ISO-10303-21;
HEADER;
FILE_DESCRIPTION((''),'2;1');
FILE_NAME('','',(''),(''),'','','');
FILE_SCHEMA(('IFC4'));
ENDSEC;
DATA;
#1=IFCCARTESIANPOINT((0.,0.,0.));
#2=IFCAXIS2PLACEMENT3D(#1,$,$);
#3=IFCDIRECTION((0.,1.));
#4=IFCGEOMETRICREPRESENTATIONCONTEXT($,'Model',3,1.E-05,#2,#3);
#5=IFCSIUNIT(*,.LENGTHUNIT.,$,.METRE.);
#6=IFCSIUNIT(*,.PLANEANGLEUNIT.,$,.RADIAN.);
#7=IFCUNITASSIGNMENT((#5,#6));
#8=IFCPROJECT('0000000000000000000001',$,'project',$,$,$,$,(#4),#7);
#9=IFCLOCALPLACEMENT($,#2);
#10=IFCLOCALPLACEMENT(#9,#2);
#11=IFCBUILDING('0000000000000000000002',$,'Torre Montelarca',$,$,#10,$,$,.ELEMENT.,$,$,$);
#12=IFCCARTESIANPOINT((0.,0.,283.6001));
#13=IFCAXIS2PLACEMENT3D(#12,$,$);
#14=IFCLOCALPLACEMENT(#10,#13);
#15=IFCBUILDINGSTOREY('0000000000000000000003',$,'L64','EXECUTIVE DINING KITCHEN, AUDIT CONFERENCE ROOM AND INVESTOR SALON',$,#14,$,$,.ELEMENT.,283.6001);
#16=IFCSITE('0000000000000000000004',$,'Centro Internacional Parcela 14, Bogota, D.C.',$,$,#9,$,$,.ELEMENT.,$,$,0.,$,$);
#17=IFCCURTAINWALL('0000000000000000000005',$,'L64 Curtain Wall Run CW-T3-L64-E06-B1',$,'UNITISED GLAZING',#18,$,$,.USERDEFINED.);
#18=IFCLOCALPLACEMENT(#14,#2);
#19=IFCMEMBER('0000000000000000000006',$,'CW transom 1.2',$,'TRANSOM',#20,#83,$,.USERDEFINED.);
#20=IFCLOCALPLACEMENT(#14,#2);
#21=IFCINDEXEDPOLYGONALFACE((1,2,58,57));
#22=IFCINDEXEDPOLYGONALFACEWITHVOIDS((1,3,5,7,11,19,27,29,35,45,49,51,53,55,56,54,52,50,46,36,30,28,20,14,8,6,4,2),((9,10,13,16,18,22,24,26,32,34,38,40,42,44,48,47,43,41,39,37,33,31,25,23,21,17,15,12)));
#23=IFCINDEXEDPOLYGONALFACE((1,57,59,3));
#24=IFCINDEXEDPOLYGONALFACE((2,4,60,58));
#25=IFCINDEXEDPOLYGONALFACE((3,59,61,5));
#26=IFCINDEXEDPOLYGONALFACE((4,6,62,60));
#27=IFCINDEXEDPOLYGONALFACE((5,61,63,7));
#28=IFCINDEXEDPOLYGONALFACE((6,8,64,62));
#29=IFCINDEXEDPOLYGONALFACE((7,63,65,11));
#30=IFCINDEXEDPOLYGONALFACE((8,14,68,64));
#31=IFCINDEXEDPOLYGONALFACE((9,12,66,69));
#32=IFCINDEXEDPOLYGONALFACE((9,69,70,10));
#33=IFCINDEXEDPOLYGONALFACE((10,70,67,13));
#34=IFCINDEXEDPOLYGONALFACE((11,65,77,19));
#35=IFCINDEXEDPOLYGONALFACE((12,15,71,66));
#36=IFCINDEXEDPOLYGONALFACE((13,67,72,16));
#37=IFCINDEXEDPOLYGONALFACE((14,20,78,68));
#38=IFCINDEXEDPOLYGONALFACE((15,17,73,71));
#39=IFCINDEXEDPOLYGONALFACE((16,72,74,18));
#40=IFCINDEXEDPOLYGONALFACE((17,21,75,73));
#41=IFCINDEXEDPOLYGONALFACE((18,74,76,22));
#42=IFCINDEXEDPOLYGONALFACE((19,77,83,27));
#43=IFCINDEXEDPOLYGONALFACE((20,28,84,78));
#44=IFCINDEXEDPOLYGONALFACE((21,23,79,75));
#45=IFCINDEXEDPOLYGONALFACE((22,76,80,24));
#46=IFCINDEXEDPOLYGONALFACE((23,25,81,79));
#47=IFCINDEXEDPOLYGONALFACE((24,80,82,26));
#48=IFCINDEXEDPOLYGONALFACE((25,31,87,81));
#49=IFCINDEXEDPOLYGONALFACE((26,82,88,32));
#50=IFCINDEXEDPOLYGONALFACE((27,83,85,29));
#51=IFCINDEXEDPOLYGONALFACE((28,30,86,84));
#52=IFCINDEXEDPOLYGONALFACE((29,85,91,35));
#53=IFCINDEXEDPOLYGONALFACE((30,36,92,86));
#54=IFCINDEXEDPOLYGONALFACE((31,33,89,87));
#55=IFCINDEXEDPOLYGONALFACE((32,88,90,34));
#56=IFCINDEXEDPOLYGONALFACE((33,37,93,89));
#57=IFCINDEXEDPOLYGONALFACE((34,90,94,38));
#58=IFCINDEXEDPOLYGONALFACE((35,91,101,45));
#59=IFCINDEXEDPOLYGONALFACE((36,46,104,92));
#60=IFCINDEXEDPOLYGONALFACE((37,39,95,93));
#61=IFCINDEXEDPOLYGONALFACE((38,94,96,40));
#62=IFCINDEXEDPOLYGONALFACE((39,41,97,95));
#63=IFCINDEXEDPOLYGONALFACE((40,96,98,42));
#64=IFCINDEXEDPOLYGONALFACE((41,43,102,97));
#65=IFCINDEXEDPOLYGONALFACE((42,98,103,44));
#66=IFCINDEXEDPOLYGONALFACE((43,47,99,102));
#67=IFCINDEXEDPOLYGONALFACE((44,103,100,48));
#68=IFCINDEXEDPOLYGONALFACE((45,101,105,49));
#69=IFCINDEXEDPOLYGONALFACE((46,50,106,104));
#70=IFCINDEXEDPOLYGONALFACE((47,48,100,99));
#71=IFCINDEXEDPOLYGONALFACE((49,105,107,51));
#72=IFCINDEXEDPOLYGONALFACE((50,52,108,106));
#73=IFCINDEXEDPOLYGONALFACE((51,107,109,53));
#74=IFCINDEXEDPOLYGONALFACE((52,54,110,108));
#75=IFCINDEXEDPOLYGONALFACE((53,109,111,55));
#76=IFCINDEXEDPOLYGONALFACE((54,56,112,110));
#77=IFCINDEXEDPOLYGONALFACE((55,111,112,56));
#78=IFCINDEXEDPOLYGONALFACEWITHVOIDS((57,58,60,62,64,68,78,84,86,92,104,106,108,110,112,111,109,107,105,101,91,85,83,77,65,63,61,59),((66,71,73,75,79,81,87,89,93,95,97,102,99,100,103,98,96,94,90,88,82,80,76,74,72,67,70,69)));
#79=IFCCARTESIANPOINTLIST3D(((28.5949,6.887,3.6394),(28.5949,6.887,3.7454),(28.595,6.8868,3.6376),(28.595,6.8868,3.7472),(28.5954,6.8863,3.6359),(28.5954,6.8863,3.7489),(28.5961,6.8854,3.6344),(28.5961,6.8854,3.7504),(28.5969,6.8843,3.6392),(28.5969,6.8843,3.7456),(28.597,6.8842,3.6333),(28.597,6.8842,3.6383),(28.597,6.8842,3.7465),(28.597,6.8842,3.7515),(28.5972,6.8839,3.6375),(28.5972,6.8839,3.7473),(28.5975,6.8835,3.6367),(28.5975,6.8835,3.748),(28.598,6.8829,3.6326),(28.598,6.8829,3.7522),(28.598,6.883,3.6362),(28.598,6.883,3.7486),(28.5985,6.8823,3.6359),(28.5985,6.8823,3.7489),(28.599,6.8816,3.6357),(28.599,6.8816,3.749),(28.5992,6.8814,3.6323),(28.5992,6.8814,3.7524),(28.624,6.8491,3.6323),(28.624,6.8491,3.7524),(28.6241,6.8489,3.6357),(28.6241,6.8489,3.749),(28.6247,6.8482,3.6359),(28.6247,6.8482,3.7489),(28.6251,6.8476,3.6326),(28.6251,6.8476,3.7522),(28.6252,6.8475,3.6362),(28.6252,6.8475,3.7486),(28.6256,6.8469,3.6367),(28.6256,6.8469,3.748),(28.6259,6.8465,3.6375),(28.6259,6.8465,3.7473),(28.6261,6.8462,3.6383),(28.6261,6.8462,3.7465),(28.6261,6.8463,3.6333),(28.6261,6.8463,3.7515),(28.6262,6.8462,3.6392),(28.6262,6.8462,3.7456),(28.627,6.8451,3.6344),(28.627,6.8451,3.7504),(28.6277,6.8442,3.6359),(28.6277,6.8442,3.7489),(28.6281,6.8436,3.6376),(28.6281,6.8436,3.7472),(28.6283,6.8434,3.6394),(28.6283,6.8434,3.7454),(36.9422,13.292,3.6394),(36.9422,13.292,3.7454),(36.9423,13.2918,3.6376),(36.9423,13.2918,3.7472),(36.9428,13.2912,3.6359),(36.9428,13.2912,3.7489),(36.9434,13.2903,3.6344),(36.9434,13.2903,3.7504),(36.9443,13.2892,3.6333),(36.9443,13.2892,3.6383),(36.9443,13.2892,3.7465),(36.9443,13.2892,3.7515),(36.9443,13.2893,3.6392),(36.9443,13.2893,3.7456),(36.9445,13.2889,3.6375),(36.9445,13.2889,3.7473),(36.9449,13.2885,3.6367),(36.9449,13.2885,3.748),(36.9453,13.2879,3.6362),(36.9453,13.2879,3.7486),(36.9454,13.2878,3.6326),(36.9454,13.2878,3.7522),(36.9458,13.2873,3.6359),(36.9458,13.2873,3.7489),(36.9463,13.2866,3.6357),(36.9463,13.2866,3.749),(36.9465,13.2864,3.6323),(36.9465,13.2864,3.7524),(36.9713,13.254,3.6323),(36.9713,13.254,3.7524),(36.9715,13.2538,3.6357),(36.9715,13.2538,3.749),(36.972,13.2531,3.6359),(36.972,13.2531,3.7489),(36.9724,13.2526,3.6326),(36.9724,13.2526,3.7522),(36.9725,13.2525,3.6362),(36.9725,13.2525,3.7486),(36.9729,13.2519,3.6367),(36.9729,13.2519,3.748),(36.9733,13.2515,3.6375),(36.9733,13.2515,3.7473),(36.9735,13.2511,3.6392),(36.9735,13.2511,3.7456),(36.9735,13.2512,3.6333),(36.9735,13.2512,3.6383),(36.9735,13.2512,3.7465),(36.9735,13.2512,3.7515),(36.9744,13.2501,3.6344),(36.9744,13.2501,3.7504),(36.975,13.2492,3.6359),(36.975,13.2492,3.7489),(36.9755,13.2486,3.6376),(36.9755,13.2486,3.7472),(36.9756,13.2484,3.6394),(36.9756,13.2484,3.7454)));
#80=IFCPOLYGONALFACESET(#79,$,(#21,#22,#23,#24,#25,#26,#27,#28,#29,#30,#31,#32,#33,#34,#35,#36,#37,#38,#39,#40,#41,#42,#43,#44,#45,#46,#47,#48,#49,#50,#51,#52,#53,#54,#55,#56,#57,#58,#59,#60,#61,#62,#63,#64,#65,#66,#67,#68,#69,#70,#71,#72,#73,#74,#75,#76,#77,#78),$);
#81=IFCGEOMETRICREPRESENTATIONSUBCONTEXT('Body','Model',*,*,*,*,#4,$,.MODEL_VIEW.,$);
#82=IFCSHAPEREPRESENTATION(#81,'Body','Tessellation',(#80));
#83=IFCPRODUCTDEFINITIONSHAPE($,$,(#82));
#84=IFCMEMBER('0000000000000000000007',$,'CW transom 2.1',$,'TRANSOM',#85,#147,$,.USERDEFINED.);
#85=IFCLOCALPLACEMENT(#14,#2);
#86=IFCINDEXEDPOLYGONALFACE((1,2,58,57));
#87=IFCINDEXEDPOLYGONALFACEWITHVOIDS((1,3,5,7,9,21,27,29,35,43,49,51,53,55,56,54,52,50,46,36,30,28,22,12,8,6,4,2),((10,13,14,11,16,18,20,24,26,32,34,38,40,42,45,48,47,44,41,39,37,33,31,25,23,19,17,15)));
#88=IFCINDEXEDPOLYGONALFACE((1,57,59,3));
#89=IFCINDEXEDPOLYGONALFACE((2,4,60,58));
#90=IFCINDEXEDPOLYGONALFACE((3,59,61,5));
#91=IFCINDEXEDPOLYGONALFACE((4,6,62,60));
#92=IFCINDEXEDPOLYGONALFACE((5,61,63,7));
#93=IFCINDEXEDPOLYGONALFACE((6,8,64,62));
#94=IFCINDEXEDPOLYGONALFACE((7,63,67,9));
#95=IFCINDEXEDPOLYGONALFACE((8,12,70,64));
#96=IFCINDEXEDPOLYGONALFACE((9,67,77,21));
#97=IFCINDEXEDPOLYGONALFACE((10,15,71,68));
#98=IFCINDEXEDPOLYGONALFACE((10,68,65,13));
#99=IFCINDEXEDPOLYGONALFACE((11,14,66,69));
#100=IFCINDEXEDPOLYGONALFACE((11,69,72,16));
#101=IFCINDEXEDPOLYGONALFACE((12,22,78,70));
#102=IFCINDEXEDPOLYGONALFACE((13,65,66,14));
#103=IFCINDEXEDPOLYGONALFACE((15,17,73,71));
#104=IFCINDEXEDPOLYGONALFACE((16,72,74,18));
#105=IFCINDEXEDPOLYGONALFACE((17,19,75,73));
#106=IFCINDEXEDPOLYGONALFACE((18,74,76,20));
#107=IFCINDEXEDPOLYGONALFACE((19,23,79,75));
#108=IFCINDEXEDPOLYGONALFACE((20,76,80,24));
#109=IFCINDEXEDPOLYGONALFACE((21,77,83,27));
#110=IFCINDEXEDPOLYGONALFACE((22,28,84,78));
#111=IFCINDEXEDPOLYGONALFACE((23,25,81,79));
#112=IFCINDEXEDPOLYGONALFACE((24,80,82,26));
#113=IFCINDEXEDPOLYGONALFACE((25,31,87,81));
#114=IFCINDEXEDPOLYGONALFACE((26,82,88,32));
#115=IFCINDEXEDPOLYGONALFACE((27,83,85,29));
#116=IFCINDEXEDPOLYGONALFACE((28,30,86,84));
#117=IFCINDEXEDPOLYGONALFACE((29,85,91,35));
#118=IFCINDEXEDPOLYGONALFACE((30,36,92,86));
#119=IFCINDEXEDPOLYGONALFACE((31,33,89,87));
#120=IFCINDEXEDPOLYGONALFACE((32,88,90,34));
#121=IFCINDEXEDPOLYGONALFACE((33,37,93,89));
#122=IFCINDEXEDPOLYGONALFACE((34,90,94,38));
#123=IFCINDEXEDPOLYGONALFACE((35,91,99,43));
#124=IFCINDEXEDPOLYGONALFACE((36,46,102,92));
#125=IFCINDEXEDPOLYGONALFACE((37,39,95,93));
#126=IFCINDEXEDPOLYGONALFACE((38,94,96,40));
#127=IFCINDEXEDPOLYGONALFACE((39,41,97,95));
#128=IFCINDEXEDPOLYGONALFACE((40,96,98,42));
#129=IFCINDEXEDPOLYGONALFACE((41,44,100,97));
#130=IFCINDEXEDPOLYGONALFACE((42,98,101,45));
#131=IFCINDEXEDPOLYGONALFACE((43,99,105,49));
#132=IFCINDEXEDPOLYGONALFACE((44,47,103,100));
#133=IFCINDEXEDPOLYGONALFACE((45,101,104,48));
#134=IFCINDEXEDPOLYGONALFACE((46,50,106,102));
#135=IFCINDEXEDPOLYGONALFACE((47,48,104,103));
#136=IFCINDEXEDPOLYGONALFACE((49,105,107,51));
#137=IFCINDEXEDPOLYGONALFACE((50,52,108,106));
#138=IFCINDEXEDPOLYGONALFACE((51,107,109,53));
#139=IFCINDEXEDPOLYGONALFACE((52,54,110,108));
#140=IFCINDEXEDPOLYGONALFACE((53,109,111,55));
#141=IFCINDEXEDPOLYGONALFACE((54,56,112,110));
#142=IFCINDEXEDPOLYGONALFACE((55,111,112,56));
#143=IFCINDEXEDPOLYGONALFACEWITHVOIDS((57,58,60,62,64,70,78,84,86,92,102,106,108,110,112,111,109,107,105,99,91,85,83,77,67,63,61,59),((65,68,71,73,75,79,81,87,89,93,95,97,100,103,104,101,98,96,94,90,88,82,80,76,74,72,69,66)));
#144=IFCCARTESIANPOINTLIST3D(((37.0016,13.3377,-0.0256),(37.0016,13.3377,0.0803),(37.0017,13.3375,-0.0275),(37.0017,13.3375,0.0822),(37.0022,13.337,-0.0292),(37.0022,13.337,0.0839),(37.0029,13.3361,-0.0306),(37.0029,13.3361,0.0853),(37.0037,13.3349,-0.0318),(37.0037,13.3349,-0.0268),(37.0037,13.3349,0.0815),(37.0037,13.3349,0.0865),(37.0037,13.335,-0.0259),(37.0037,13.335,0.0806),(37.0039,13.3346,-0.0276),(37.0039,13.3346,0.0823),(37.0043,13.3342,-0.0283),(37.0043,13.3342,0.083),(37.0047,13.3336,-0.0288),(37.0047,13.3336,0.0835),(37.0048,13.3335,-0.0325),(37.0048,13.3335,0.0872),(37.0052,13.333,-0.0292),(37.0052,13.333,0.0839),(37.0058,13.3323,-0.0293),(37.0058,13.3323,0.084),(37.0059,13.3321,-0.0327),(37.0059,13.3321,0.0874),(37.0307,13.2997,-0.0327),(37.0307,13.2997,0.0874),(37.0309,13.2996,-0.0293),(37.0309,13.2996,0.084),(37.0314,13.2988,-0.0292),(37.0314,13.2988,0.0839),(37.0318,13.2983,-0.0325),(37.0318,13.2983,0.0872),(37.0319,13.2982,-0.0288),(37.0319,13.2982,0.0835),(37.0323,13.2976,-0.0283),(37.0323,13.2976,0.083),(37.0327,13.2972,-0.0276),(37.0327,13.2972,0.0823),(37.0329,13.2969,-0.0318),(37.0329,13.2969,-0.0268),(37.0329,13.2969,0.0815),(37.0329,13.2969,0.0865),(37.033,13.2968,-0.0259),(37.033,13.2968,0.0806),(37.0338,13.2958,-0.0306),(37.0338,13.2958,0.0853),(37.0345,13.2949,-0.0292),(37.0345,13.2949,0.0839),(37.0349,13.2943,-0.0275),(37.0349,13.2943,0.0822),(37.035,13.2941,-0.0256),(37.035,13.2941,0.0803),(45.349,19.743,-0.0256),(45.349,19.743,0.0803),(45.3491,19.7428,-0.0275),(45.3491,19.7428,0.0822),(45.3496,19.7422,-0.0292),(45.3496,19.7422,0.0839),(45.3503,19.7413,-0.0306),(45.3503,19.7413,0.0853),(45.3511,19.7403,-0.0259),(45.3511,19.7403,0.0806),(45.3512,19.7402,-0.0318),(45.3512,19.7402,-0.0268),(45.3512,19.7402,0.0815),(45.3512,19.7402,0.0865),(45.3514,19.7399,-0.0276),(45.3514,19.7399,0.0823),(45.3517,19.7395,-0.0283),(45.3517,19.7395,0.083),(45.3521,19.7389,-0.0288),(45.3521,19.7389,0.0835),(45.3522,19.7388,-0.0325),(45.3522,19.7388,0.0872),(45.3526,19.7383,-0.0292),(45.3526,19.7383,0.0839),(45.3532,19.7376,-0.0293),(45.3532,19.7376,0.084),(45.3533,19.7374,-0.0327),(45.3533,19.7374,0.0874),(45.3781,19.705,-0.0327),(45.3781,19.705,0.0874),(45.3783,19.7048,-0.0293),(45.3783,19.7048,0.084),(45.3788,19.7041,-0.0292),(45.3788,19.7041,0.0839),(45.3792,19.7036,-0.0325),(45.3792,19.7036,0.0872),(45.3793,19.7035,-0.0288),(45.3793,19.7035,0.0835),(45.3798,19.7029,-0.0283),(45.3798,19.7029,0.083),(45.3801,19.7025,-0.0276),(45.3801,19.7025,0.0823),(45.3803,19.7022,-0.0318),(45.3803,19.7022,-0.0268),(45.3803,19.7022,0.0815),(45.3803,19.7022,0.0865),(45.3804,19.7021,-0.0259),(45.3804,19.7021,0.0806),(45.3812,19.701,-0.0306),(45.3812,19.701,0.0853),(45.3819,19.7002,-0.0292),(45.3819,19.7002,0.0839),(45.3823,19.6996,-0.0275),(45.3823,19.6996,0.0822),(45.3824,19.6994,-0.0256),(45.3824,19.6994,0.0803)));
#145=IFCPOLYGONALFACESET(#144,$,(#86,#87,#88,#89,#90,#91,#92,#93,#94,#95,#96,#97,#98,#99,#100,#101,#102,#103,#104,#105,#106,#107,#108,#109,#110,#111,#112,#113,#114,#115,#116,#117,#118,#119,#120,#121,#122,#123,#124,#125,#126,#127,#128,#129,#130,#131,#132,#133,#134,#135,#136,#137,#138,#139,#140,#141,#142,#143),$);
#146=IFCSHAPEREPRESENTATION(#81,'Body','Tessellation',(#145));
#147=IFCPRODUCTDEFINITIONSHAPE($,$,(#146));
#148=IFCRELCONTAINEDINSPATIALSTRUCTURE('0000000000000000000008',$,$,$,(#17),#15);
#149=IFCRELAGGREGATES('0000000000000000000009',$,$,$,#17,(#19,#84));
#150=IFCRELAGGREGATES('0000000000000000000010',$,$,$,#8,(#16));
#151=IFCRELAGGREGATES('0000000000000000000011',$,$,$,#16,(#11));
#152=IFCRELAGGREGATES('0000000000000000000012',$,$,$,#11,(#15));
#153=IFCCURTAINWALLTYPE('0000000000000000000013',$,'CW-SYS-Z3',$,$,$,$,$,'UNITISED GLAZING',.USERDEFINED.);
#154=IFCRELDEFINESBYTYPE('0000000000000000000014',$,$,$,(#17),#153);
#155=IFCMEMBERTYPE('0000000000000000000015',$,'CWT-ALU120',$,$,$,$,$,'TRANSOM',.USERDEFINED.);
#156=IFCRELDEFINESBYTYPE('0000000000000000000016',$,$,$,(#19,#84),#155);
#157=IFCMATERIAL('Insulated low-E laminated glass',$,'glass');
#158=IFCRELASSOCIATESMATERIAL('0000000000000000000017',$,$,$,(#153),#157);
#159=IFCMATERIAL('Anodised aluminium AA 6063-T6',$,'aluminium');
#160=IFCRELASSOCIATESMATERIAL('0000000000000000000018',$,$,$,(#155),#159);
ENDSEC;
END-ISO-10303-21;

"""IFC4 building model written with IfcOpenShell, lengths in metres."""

from ifc_helpers import new_model, si_unit, direction, frame, origin, origin_2d, place, context, subcontext, project, spatial, hollow_rectangle, extrude, source, transform, mapped, material, material_profile, profile_set, type_object, element, aggregate, save


model = new_model("IFC4")

# Units and contexts
model_context = context("Model", 3, precision=1e-05, world=origin(), true_north=direction((0.0, 1.0)))
body_context = subcontext(model_context, "Body", "Model", "MODEL_VIEW")
ifc_project = project(units=[si_unit("LENGTHUNIT", "METRE"), si_unit("PLANEANGLEUNIT", "RADIAN")], contexts=[model_context])

# Site, building, storey
site_placement = place(None, origin())
site = spatial("IfcSite", under=ifc_project, at=site_placement, Name="Centro Internacional Parcela 14, Bogota, D.C.", CompositionType="ELEMENT", RefElevation=0.0)
building_placement = place(site_placement, origin())
building = spatial("IfcBuilding", under=site, at=building_placement, Name="Torre Montelarca", CompositionType="ELEMENT")
storey_placement = place(building_placement, frame((0.0, 0.0, 283.6001)))
storey = spatial("IfcBuildingStorey", under=building, at=storey_placement, Name="L64", Description="EXECUTIVE DINING KITCHEN, AUDIT CONFERENCE ROOM AND INVESTOR SALON", CompositionType="ELEMENT", Elevation=283.6001)

# Curtain wall
ifc_material_1 = material(Name="Insulated low-E laminated glass", Category="glass")
curtain_wall_type = type_object("IfcCurtainWallType", Name="CW-SYS-Z3", ElementType="UNITISED GLAZING", PredefinedType="USERDEFINED", material=ifc_material_1)
ifc_material_2 = material(Name="Anodised aluminium AA 6063-T6", Category="aluminium")
ifc_material_profile_1 = material_profile(ifc_material_2, hollow_rectangle(XDim=0.0549, YDim=0.1201, WallThickness=0.0034, InnerFilletRadius=0.0034, OuterFilletRadius=0.0071, at=origin_2d()), Name="ALU55X120X3.5", Category="aluminium")
ifc_profile_set_1 = profile_set([ifc_material_profile_1], Name="Anodised aluminium AA 6063-T6")
member_type_1 = type_object("IfcMemberType", Name="CWT-ALU120", ElementType="TRANSOM", PredefinedType="USERDEFINED", material=ifc_profile_set_1)
curtain_wall_1_placement = place(storey_placement, origin())
curtain_wall_1 = element("IfcCurtainWall", 1, at=curtain_wall_1_placement, inside=storey, type_object=curtain_wall_type, Name="L64 Curtain Wall Run CW-T3-L64-E06-B1", ObjectType="UNITISED GLAZING", PredefinedType="USERDEFINED")

# Members
shared_shape_1 = source(origin(), body_context, "Body", "SweptSolid", [
    extrude(hollow_rectangle(XDim=0.0549, YDim=0.1201, WallThickness=0.0034, InnerFilletRadius=0.0034, OuterFilletRadius=0.0071, at=origin_2d()), origin(), (0.0, 0.0, 1.0), 10.5215),
])
member_1_placement = place(storey_placement, frame((28.6116, 6.8652, 3.6924), z_axis=(0.793361, 0.608752, 0.0), x_axis=(-0.608752, 0.793361, 0.0)))
member_1 = element("IfcMember", 2, at=member_1_placement, type_object=member_type_1, Name="CW transom 1.2", ObjectType="TRANSOM", PredefinedType="USERDEFINED", context=body_context, shape_type="MappedRepresentation", body=[
    mapped(shared_shape_1, transform((0.0, 0.0, 0.0), scale=1.0)),
])
shared_shape_2 = source(origin(), body_context, "Body", "SweptSolid", [
    extrude(hollow_rectangle(XDim=0.0549, YDim=0.1201, WallThickness=0.0034, InnerFilletRadius=0.0034, OuterFilletRadius=0.0071, at=origin_2d()), origin(), (0.0, 0.0, 1.0), 10.5217),
])
member_2_placement = place(storey_placement, frame((37.0183, 13.3159, 0.0273), z_axis=(0.79335, 0.608766, 0.0), x_axis=(-0.608766, 0.79335, 0.0)))
member_2 = element("IfcMember", 3, at=member_2_placement, type_object=member_type_1, Name="CW transom 2.1", ObjectType="TRANSOM", PredefinedType="USERDEFINED", context=body_context, shape_type="MappedRepresentation", body=[
    mapped(shared_shape_2, transform((0.0, 0.0, 0.0), scale=1.0)),
])

aggregate(curtain_wall_1, [member_1, member_2])

save(model, "model.ifc")
